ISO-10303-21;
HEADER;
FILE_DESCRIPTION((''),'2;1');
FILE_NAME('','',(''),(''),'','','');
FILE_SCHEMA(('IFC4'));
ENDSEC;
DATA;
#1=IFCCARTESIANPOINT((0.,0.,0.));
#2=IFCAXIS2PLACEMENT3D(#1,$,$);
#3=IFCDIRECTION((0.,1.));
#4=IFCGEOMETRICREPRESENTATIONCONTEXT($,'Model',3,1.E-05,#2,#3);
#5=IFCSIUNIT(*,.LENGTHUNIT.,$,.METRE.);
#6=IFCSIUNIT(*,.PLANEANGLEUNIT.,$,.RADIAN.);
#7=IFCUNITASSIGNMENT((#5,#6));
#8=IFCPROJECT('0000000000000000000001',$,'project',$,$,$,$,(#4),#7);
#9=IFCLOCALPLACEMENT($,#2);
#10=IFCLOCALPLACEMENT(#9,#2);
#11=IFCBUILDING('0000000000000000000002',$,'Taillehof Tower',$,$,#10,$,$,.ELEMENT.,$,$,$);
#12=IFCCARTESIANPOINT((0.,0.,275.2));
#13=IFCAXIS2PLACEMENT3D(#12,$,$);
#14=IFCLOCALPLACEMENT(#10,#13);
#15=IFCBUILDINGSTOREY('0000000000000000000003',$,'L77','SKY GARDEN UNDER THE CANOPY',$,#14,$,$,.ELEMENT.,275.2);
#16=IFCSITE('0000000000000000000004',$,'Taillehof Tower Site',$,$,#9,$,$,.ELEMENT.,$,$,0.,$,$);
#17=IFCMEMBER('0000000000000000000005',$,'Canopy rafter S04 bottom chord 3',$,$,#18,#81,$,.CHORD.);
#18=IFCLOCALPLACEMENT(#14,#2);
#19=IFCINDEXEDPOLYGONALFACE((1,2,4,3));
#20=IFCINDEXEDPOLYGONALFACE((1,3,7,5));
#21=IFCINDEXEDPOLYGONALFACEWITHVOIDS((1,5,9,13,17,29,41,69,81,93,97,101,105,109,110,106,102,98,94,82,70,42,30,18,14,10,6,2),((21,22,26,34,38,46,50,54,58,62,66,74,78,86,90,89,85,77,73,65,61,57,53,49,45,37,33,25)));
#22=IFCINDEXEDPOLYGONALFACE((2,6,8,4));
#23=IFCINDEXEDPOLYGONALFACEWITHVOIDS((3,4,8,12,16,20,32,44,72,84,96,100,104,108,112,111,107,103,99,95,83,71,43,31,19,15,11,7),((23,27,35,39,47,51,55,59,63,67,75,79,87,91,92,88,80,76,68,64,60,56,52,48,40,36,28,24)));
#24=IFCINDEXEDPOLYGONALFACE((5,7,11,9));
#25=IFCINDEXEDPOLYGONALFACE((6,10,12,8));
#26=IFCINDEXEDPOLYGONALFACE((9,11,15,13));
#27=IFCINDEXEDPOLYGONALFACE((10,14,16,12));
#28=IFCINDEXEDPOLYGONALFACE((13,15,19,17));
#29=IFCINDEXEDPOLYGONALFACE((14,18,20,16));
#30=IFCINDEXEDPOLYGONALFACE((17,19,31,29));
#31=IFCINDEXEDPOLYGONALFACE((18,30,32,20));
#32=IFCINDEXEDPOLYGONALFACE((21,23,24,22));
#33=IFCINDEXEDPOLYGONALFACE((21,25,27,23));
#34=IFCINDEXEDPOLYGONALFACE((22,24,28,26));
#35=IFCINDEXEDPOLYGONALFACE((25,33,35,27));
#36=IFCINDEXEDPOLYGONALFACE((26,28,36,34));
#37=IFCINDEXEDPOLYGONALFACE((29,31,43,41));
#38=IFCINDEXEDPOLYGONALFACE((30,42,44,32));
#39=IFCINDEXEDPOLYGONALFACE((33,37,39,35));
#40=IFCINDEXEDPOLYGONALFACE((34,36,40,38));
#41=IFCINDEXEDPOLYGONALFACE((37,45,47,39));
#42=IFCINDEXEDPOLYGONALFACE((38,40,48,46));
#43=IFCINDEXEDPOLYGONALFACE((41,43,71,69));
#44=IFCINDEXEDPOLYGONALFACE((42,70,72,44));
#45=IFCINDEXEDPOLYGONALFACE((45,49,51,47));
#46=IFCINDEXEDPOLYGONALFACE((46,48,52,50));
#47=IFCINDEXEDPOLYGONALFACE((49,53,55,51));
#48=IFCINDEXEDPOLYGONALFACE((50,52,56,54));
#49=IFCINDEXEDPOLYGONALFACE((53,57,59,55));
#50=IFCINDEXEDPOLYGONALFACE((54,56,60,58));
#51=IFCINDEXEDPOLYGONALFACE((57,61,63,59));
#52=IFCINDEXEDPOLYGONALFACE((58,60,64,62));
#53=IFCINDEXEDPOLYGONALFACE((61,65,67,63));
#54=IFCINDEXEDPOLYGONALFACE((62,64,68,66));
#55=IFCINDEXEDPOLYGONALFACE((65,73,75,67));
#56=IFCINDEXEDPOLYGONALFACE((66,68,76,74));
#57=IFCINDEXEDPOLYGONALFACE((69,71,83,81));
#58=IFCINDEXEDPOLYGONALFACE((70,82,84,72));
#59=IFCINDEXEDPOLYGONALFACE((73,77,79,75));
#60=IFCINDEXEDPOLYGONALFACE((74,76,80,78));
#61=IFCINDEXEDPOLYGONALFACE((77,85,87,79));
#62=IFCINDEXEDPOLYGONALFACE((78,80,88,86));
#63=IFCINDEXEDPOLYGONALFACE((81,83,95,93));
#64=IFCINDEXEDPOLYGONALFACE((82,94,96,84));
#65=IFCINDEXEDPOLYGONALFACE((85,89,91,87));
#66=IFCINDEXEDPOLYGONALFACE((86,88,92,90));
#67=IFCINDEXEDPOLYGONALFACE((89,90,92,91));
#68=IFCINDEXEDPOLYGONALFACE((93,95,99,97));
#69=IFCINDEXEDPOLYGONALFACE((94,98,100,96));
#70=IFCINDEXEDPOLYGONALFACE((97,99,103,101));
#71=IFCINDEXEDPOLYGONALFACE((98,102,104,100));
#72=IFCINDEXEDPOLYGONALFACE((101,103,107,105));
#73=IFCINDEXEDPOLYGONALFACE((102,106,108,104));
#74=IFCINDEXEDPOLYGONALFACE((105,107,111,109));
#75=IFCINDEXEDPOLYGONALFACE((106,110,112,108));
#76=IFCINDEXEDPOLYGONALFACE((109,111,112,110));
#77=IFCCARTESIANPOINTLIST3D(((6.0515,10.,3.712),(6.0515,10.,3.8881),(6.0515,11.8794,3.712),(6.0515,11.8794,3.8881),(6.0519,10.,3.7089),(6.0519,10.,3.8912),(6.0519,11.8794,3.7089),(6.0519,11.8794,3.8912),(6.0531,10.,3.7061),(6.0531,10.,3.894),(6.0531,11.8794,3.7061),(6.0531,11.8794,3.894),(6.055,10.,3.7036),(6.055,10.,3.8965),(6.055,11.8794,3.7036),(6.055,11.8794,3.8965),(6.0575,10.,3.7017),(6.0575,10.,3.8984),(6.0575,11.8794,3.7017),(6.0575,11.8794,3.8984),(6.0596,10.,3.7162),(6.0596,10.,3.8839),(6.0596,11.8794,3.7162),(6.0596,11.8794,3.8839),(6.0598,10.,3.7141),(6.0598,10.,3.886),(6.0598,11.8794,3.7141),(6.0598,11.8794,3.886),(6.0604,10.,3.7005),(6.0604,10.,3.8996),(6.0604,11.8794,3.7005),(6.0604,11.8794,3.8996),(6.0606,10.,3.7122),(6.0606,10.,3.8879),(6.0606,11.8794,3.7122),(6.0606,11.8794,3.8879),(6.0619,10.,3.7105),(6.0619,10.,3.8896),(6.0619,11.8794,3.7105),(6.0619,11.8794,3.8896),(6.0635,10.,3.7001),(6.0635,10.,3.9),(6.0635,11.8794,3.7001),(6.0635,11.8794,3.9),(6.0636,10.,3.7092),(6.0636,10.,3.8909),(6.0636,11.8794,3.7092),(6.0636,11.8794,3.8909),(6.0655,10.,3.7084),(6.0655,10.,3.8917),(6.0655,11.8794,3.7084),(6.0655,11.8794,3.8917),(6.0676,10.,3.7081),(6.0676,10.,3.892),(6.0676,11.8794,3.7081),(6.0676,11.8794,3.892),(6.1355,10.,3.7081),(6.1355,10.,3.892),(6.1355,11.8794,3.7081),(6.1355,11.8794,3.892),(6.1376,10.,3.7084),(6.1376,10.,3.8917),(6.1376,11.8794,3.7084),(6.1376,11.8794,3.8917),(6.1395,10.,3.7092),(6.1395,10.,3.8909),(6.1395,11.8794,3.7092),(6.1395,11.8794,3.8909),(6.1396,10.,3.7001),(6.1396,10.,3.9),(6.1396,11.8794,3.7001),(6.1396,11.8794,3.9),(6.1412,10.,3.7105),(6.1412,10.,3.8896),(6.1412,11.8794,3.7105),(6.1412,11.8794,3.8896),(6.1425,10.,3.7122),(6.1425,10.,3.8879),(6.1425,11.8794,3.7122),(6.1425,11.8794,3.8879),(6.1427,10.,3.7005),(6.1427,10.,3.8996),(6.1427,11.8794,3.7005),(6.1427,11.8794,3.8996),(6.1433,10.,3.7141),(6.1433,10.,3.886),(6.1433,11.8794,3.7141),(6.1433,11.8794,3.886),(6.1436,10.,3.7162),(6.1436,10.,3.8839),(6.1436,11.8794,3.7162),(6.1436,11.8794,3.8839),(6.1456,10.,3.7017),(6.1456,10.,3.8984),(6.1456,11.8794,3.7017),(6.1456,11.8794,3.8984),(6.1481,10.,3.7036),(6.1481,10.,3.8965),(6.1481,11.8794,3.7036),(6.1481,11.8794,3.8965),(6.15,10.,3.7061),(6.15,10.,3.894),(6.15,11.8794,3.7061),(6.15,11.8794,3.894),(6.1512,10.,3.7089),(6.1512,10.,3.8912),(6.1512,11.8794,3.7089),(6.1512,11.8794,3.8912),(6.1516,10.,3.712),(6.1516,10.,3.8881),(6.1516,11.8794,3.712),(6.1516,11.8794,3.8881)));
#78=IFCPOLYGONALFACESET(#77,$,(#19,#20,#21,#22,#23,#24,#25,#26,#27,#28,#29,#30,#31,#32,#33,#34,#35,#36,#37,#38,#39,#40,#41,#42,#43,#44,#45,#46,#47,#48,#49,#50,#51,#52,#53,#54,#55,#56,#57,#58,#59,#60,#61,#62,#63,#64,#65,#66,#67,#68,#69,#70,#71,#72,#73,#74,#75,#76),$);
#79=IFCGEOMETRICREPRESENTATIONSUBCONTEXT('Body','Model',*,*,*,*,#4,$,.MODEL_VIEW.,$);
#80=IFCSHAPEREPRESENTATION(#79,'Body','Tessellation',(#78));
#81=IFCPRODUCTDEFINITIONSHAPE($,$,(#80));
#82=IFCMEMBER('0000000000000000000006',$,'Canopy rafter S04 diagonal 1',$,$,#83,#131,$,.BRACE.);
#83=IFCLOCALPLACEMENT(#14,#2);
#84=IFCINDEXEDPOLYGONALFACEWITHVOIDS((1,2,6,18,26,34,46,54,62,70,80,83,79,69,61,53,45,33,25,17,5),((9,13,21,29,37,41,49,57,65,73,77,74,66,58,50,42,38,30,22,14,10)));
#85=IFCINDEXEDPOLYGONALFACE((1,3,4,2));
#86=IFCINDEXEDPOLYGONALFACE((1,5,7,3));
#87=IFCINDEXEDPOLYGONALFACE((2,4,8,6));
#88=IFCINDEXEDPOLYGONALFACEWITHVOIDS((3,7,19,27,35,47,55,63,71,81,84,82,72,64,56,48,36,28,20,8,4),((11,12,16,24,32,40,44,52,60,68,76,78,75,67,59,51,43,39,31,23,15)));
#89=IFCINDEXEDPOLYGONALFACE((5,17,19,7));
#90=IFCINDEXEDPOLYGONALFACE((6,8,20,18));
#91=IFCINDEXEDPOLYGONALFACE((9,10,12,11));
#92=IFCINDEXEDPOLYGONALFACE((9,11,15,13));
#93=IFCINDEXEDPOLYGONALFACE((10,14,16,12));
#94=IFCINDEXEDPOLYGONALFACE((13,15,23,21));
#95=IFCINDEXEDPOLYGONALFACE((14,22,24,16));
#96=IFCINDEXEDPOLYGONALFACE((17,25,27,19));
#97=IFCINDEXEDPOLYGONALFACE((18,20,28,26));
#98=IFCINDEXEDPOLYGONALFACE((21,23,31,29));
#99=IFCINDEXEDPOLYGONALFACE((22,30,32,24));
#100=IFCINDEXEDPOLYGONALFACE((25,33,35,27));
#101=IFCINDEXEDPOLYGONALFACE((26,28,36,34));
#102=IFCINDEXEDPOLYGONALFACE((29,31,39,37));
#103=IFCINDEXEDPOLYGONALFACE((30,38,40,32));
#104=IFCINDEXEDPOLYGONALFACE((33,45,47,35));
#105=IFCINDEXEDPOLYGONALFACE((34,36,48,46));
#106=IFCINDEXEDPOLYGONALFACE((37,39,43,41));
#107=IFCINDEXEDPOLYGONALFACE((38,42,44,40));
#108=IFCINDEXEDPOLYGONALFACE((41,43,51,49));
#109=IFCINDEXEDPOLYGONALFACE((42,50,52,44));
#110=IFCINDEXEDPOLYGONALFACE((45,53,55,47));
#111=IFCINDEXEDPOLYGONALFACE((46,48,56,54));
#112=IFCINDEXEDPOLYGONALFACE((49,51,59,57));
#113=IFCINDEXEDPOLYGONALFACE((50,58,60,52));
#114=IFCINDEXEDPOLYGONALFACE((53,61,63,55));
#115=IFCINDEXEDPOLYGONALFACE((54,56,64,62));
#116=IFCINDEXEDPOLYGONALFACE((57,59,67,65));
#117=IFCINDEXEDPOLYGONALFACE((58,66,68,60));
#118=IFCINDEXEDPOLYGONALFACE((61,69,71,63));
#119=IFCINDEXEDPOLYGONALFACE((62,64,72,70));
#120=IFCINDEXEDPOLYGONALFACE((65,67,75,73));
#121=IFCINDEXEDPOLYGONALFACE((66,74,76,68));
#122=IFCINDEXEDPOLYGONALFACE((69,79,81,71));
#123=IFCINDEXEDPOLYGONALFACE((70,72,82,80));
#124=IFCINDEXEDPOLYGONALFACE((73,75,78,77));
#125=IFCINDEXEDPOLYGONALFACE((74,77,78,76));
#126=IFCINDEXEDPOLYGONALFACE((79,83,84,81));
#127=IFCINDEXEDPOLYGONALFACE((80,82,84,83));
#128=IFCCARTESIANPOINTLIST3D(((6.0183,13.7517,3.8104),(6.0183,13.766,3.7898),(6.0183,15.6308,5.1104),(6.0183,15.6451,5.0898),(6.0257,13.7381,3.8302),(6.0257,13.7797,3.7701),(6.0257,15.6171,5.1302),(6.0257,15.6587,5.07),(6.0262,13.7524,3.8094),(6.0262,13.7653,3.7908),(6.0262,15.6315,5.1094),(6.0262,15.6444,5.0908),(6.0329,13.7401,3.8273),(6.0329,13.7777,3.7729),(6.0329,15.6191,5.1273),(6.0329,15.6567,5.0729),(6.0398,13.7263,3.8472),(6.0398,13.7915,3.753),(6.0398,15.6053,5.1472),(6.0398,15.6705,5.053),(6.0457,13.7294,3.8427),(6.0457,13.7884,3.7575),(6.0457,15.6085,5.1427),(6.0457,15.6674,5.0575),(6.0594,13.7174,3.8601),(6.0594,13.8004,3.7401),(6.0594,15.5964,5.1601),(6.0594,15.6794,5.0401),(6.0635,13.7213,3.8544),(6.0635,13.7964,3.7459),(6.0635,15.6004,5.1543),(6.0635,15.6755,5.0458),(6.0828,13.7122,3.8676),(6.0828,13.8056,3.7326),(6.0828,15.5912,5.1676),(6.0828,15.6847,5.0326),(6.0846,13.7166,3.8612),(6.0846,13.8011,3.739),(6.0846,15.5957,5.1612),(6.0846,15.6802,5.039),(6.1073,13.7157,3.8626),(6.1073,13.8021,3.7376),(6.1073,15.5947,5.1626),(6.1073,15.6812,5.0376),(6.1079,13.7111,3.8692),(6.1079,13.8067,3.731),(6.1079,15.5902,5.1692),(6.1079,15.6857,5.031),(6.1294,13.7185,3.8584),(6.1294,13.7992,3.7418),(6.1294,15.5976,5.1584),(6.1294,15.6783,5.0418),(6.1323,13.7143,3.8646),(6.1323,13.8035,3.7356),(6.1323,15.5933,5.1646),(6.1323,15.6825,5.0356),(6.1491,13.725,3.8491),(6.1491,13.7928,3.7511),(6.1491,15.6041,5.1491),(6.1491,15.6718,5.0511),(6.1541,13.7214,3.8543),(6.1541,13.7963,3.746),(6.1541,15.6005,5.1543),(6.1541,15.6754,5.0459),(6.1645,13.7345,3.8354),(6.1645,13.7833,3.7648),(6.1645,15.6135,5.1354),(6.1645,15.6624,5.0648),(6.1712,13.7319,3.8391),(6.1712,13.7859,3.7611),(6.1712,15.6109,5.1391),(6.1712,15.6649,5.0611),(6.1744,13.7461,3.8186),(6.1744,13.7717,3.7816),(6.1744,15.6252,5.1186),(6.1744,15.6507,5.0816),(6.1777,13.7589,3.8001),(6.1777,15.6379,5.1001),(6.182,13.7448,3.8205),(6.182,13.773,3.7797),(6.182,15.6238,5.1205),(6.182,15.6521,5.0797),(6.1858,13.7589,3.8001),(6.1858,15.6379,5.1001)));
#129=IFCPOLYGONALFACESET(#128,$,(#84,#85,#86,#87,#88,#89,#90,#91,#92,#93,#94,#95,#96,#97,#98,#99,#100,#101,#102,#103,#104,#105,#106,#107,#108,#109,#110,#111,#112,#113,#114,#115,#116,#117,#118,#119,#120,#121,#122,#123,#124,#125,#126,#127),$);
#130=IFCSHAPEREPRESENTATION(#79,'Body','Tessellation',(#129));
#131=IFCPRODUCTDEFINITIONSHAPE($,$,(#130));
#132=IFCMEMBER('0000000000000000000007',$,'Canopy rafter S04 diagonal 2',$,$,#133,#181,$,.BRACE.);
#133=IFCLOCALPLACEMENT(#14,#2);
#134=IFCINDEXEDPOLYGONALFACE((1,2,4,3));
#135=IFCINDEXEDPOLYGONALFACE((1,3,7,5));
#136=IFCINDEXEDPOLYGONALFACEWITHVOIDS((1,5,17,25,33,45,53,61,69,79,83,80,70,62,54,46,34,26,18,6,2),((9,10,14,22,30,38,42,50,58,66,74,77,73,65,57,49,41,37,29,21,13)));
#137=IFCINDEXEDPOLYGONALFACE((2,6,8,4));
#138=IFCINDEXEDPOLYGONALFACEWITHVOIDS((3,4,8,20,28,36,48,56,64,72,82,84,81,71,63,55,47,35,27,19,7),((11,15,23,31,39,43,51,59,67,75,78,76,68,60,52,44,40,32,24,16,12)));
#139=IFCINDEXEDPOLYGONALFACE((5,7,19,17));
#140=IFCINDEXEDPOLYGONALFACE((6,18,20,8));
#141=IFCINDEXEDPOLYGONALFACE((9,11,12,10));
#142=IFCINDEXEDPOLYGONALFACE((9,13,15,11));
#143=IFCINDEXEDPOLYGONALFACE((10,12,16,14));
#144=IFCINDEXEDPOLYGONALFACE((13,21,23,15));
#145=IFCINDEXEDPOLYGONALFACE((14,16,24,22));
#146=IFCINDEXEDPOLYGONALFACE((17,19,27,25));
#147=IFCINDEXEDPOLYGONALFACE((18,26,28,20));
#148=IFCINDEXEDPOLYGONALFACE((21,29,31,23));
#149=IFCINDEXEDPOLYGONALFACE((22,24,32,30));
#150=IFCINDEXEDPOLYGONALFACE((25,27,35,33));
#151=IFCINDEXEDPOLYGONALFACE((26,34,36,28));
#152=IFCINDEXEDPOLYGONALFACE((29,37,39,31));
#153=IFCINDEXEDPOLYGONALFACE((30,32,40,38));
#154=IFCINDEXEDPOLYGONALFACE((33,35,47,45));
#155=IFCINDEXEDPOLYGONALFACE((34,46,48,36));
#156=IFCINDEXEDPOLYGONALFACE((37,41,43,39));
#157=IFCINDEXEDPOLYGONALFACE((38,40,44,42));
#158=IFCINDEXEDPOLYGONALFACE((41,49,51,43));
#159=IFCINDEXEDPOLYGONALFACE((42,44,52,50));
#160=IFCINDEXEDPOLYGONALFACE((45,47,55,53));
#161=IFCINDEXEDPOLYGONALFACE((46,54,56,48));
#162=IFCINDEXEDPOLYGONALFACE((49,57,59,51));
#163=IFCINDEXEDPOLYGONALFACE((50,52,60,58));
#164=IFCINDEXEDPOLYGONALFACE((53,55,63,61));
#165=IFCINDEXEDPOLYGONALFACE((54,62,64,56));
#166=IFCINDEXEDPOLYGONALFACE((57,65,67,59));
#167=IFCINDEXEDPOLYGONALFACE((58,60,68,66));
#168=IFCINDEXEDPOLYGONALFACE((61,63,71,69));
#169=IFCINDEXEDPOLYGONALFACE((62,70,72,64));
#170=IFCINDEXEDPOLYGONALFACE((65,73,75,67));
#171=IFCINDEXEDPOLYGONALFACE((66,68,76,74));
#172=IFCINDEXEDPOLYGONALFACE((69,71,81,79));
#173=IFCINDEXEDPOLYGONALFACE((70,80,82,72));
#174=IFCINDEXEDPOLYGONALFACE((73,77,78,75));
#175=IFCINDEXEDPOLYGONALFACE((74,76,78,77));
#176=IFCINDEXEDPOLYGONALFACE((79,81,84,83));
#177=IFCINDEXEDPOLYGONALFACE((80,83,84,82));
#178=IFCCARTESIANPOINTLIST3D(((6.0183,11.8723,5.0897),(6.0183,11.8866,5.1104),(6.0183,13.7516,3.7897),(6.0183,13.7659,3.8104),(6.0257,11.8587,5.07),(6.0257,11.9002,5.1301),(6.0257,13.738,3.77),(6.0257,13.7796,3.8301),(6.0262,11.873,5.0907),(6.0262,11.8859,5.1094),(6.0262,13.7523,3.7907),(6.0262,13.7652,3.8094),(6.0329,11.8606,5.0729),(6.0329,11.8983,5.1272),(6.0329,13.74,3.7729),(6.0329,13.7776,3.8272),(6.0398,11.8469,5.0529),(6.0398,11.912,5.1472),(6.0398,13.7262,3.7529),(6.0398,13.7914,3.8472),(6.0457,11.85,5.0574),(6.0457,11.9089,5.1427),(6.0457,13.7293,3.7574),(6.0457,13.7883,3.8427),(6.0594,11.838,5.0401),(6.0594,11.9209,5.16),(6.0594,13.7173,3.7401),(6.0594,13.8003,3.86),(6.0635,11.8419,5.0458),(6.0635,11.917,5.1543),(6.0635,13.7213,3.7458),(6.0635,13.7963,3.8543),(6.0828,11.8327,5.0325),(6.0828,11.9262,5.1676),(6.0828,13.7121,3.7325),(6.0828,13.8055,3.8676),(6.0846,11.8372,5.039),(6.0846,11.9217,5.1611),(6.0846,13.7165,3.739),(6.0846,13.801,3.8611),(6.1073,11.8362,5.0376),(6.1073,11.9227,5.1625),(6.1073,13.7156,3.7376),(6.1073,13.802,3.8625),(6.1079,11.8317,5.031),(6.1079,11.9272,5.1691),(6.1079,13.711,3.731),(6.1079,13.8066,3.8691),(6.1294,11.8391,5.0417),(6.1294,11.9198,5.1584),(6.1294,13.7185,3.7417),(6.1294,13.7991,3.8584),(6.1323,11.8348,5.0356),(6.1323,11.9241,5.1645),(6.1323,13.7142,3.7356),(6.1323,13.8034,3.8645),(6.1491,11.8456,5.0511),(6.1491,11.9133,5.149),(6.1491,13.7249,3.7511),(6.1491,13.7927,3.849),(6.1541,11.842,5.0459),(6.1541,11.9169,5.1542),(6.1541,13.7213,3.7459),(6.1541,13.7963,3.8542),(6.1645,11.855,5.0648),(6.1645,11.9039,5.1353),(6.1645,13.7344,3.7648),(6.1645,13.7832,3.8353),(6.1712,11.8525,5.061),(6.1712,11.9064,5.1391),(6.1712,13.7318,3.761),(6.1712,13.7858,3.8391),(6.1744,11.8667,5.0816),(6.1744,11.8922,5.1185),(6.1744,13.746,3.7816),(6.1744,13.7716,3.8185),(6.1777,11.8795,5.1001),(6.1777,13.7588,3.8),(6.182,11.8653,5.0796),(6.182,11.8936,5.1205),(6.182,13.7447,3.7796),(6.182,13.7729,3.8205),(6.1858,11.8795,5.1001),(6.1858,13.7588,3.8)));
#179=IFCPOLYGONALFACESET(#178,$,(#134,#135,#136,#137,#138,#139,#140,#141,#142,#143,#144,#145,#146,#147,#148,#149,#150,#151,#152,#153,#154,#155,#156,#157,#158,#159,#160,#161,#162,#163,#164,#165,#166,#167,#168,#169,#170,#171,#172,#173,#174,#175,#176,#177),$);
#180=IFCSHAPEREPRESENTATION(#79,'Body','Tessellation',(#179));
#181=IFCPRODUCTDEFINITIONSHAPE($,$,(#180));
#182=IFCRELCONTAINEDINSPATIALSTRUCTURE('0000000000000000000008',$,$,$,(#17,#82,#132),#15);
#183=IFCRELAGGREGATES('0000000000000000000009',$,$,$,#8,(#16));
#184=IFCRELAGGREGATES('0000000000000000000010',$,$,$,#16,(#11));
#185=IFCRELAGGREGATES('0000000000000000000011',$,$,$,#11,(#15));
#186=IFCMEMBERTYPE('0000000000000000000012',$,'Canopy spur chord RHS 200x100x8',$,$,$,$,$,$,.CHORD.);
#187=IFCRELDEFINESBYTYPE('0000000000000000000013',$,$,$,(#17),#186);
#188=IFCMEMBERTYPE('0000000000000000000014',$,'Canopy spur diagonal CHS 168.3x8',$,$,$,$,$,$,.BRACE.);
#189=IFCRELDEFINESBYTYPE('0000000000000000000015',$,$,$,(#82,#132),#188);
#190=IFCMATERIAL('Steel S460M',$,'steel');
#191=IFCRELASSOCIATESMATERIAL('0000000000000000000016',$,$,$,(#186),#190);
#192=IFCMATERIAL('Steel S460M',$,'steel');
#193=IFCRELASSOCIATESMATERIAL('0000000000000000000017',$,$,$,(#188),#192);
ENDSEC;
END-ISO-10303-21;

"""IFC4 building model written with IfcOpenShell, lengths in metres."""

from ifc_helpers import new_model, si_unit, direction, frame, origin, origin_2d, place, context, subcontext, project, spatial, hollow_rectangle, hollow_circle, extrude, material, material_profile, profile_set, type_object, element, save


model = new_model("IFC4")

# Units and contexts
model_context = context("Model", 3, precision=1e-05, world=origin(), true_north=direction((0.0, 1.0)))
body_context = subcontext(model_context, "Body", "Model", "MODEL_VIEW")
ifc_project = project(units=[si_unit("LENGTHUNIT", "METRE"), si_unit("PLANEANGLEUNIT", "RADIAN")], contexts=[model_context])

# Site, building, storey
site_placement = place(None, origin())
site = spatial("IfcSite", under=ifc_project, at=site_placement, Name="Taillehof Tower Site", CompositionType="ELEMENT", RefElevation=0.0)
building_placement = place(site_placement, origin())
building = spatial("IfcBuilding", under=site, at=building_placement, Name="Taillehof Tower", CompositionType="ELEMENT")
storey_placement = place(building_placement, frame((0.0, 0.0, 275.2)))
storey = spatial("IfcBuildingStorey", under=building, at=storey_placement, Name="L77", Description="SKY GARDEN UNDER THE CANOPY", CompositionType="ELEMENT", Elevation=275.2)

# Members
ifc_material_1 = material(Name="Steel S460M", Category="steel")
ifc_material_profile_1 = material_profile(ifc_material_1, hollow_rectangle(XDim=0.1001, YDim=0.2, WallThickness=0.0081, InnerFilletRadius=0.0081, OuterFilletRadius=0.012, at=origin_2d()), Name="RHS 200x100x8")
ifc_profile_set_1 = profile_set([ifc_material_profile_1], Name="Steel S460M")
member_type_1 = type_object("IfcMemberType", Name="Canopy spur chord RHS 200x100x8", PredefinedType="CHORD", material=ifc_profile_set_1)
for number, where, z_axis, x_axis, name in (
    (1, (6.1016, 11.8794, 3.8), (0.0, -1.0, 0.0), (1.0, 0.0, 0.0), "Canopy rafter S04 bottom chord 3"),
):
    element("IfcMember", number, at=place(storey_placement, frame(where, z_axis=z_axis, x_axis=x_axis)), inside=storey, type_object=member_type_1, Name=name, PredefinedType="CHORD", context=body_context, shape_type="SweptSolid", body=[
        extrude(hollow_rectangle(XDim=0.1001, YDim=0.2, WallThickness=0.0081, InnerFilletRadius=0.0081, OuterFilletRadius=0.012, at=origin_2d()), origin(), (0.0, 0.0, 1.0), 1.8794),
    ])
ifc_material_2 = material(Name="Steel S460M", Category="steel")
ifc_material_profile_2 = material_profile(ifc_material_2, hollow_circle(Radius=0.0842, WallThickness=0.0081, at=origin_2d()), Name="CHS 168.3x8")
ifc_profile_set_2 = profile_set([ifc_material_profile_2], Name="Steel S460M")
member_type_2 = type_object("IfcMemberType", Name="Canopy spur diagonal CHS 168.3x8", PredefinedType="BRACE", material=ifc_profile_set_2)
member_placement = place(storey_placement, frame((6.1016, 15.6379, 5.1001), z_axis=(0.0, -0.822377, -0.568943), x_axis=(1.0, 0.0, 0.0)))
element("IfcMember", 2, at=member_placement, inside=storey, type_object=member_type_2, Name="Canopy rafter S04 diagonal 1", PredefinedType="BRACE", context=body_context, shape_type="SweptSolid", body=[
    extrude(hollow_circle(Radius=0.0842, WallThickness=0.0081, at=origin_2d()), origin(), (0.0, 0.0, 1.0), 2.2849),
])
for number, where, z_axis, x_axis, name in (
    (3, (6.1016, 13.7588, 3.8), (0.0, -0.822411, 0.568893), (1.0, 0.0, 0.0), "Canopy rafter S04 diagonal 2"),
):
    element("IfcMember", number, at=place(storey_placement, frame(where, z_axis=z_axis, x_axis=x_axis)), inside=storey, type_object=member_type_2, Name=name, PredefinedType="BRACE", context=body_context, shape_type="SweptSolid", body=[
        extrude(hollow_circle(Radius=0.0842, WallThickness=0.0081, at=origin_2d()), origin(), (0.0, 0.0, 1.0), 2.2852),
    ])

save(model, "model.ifc")
